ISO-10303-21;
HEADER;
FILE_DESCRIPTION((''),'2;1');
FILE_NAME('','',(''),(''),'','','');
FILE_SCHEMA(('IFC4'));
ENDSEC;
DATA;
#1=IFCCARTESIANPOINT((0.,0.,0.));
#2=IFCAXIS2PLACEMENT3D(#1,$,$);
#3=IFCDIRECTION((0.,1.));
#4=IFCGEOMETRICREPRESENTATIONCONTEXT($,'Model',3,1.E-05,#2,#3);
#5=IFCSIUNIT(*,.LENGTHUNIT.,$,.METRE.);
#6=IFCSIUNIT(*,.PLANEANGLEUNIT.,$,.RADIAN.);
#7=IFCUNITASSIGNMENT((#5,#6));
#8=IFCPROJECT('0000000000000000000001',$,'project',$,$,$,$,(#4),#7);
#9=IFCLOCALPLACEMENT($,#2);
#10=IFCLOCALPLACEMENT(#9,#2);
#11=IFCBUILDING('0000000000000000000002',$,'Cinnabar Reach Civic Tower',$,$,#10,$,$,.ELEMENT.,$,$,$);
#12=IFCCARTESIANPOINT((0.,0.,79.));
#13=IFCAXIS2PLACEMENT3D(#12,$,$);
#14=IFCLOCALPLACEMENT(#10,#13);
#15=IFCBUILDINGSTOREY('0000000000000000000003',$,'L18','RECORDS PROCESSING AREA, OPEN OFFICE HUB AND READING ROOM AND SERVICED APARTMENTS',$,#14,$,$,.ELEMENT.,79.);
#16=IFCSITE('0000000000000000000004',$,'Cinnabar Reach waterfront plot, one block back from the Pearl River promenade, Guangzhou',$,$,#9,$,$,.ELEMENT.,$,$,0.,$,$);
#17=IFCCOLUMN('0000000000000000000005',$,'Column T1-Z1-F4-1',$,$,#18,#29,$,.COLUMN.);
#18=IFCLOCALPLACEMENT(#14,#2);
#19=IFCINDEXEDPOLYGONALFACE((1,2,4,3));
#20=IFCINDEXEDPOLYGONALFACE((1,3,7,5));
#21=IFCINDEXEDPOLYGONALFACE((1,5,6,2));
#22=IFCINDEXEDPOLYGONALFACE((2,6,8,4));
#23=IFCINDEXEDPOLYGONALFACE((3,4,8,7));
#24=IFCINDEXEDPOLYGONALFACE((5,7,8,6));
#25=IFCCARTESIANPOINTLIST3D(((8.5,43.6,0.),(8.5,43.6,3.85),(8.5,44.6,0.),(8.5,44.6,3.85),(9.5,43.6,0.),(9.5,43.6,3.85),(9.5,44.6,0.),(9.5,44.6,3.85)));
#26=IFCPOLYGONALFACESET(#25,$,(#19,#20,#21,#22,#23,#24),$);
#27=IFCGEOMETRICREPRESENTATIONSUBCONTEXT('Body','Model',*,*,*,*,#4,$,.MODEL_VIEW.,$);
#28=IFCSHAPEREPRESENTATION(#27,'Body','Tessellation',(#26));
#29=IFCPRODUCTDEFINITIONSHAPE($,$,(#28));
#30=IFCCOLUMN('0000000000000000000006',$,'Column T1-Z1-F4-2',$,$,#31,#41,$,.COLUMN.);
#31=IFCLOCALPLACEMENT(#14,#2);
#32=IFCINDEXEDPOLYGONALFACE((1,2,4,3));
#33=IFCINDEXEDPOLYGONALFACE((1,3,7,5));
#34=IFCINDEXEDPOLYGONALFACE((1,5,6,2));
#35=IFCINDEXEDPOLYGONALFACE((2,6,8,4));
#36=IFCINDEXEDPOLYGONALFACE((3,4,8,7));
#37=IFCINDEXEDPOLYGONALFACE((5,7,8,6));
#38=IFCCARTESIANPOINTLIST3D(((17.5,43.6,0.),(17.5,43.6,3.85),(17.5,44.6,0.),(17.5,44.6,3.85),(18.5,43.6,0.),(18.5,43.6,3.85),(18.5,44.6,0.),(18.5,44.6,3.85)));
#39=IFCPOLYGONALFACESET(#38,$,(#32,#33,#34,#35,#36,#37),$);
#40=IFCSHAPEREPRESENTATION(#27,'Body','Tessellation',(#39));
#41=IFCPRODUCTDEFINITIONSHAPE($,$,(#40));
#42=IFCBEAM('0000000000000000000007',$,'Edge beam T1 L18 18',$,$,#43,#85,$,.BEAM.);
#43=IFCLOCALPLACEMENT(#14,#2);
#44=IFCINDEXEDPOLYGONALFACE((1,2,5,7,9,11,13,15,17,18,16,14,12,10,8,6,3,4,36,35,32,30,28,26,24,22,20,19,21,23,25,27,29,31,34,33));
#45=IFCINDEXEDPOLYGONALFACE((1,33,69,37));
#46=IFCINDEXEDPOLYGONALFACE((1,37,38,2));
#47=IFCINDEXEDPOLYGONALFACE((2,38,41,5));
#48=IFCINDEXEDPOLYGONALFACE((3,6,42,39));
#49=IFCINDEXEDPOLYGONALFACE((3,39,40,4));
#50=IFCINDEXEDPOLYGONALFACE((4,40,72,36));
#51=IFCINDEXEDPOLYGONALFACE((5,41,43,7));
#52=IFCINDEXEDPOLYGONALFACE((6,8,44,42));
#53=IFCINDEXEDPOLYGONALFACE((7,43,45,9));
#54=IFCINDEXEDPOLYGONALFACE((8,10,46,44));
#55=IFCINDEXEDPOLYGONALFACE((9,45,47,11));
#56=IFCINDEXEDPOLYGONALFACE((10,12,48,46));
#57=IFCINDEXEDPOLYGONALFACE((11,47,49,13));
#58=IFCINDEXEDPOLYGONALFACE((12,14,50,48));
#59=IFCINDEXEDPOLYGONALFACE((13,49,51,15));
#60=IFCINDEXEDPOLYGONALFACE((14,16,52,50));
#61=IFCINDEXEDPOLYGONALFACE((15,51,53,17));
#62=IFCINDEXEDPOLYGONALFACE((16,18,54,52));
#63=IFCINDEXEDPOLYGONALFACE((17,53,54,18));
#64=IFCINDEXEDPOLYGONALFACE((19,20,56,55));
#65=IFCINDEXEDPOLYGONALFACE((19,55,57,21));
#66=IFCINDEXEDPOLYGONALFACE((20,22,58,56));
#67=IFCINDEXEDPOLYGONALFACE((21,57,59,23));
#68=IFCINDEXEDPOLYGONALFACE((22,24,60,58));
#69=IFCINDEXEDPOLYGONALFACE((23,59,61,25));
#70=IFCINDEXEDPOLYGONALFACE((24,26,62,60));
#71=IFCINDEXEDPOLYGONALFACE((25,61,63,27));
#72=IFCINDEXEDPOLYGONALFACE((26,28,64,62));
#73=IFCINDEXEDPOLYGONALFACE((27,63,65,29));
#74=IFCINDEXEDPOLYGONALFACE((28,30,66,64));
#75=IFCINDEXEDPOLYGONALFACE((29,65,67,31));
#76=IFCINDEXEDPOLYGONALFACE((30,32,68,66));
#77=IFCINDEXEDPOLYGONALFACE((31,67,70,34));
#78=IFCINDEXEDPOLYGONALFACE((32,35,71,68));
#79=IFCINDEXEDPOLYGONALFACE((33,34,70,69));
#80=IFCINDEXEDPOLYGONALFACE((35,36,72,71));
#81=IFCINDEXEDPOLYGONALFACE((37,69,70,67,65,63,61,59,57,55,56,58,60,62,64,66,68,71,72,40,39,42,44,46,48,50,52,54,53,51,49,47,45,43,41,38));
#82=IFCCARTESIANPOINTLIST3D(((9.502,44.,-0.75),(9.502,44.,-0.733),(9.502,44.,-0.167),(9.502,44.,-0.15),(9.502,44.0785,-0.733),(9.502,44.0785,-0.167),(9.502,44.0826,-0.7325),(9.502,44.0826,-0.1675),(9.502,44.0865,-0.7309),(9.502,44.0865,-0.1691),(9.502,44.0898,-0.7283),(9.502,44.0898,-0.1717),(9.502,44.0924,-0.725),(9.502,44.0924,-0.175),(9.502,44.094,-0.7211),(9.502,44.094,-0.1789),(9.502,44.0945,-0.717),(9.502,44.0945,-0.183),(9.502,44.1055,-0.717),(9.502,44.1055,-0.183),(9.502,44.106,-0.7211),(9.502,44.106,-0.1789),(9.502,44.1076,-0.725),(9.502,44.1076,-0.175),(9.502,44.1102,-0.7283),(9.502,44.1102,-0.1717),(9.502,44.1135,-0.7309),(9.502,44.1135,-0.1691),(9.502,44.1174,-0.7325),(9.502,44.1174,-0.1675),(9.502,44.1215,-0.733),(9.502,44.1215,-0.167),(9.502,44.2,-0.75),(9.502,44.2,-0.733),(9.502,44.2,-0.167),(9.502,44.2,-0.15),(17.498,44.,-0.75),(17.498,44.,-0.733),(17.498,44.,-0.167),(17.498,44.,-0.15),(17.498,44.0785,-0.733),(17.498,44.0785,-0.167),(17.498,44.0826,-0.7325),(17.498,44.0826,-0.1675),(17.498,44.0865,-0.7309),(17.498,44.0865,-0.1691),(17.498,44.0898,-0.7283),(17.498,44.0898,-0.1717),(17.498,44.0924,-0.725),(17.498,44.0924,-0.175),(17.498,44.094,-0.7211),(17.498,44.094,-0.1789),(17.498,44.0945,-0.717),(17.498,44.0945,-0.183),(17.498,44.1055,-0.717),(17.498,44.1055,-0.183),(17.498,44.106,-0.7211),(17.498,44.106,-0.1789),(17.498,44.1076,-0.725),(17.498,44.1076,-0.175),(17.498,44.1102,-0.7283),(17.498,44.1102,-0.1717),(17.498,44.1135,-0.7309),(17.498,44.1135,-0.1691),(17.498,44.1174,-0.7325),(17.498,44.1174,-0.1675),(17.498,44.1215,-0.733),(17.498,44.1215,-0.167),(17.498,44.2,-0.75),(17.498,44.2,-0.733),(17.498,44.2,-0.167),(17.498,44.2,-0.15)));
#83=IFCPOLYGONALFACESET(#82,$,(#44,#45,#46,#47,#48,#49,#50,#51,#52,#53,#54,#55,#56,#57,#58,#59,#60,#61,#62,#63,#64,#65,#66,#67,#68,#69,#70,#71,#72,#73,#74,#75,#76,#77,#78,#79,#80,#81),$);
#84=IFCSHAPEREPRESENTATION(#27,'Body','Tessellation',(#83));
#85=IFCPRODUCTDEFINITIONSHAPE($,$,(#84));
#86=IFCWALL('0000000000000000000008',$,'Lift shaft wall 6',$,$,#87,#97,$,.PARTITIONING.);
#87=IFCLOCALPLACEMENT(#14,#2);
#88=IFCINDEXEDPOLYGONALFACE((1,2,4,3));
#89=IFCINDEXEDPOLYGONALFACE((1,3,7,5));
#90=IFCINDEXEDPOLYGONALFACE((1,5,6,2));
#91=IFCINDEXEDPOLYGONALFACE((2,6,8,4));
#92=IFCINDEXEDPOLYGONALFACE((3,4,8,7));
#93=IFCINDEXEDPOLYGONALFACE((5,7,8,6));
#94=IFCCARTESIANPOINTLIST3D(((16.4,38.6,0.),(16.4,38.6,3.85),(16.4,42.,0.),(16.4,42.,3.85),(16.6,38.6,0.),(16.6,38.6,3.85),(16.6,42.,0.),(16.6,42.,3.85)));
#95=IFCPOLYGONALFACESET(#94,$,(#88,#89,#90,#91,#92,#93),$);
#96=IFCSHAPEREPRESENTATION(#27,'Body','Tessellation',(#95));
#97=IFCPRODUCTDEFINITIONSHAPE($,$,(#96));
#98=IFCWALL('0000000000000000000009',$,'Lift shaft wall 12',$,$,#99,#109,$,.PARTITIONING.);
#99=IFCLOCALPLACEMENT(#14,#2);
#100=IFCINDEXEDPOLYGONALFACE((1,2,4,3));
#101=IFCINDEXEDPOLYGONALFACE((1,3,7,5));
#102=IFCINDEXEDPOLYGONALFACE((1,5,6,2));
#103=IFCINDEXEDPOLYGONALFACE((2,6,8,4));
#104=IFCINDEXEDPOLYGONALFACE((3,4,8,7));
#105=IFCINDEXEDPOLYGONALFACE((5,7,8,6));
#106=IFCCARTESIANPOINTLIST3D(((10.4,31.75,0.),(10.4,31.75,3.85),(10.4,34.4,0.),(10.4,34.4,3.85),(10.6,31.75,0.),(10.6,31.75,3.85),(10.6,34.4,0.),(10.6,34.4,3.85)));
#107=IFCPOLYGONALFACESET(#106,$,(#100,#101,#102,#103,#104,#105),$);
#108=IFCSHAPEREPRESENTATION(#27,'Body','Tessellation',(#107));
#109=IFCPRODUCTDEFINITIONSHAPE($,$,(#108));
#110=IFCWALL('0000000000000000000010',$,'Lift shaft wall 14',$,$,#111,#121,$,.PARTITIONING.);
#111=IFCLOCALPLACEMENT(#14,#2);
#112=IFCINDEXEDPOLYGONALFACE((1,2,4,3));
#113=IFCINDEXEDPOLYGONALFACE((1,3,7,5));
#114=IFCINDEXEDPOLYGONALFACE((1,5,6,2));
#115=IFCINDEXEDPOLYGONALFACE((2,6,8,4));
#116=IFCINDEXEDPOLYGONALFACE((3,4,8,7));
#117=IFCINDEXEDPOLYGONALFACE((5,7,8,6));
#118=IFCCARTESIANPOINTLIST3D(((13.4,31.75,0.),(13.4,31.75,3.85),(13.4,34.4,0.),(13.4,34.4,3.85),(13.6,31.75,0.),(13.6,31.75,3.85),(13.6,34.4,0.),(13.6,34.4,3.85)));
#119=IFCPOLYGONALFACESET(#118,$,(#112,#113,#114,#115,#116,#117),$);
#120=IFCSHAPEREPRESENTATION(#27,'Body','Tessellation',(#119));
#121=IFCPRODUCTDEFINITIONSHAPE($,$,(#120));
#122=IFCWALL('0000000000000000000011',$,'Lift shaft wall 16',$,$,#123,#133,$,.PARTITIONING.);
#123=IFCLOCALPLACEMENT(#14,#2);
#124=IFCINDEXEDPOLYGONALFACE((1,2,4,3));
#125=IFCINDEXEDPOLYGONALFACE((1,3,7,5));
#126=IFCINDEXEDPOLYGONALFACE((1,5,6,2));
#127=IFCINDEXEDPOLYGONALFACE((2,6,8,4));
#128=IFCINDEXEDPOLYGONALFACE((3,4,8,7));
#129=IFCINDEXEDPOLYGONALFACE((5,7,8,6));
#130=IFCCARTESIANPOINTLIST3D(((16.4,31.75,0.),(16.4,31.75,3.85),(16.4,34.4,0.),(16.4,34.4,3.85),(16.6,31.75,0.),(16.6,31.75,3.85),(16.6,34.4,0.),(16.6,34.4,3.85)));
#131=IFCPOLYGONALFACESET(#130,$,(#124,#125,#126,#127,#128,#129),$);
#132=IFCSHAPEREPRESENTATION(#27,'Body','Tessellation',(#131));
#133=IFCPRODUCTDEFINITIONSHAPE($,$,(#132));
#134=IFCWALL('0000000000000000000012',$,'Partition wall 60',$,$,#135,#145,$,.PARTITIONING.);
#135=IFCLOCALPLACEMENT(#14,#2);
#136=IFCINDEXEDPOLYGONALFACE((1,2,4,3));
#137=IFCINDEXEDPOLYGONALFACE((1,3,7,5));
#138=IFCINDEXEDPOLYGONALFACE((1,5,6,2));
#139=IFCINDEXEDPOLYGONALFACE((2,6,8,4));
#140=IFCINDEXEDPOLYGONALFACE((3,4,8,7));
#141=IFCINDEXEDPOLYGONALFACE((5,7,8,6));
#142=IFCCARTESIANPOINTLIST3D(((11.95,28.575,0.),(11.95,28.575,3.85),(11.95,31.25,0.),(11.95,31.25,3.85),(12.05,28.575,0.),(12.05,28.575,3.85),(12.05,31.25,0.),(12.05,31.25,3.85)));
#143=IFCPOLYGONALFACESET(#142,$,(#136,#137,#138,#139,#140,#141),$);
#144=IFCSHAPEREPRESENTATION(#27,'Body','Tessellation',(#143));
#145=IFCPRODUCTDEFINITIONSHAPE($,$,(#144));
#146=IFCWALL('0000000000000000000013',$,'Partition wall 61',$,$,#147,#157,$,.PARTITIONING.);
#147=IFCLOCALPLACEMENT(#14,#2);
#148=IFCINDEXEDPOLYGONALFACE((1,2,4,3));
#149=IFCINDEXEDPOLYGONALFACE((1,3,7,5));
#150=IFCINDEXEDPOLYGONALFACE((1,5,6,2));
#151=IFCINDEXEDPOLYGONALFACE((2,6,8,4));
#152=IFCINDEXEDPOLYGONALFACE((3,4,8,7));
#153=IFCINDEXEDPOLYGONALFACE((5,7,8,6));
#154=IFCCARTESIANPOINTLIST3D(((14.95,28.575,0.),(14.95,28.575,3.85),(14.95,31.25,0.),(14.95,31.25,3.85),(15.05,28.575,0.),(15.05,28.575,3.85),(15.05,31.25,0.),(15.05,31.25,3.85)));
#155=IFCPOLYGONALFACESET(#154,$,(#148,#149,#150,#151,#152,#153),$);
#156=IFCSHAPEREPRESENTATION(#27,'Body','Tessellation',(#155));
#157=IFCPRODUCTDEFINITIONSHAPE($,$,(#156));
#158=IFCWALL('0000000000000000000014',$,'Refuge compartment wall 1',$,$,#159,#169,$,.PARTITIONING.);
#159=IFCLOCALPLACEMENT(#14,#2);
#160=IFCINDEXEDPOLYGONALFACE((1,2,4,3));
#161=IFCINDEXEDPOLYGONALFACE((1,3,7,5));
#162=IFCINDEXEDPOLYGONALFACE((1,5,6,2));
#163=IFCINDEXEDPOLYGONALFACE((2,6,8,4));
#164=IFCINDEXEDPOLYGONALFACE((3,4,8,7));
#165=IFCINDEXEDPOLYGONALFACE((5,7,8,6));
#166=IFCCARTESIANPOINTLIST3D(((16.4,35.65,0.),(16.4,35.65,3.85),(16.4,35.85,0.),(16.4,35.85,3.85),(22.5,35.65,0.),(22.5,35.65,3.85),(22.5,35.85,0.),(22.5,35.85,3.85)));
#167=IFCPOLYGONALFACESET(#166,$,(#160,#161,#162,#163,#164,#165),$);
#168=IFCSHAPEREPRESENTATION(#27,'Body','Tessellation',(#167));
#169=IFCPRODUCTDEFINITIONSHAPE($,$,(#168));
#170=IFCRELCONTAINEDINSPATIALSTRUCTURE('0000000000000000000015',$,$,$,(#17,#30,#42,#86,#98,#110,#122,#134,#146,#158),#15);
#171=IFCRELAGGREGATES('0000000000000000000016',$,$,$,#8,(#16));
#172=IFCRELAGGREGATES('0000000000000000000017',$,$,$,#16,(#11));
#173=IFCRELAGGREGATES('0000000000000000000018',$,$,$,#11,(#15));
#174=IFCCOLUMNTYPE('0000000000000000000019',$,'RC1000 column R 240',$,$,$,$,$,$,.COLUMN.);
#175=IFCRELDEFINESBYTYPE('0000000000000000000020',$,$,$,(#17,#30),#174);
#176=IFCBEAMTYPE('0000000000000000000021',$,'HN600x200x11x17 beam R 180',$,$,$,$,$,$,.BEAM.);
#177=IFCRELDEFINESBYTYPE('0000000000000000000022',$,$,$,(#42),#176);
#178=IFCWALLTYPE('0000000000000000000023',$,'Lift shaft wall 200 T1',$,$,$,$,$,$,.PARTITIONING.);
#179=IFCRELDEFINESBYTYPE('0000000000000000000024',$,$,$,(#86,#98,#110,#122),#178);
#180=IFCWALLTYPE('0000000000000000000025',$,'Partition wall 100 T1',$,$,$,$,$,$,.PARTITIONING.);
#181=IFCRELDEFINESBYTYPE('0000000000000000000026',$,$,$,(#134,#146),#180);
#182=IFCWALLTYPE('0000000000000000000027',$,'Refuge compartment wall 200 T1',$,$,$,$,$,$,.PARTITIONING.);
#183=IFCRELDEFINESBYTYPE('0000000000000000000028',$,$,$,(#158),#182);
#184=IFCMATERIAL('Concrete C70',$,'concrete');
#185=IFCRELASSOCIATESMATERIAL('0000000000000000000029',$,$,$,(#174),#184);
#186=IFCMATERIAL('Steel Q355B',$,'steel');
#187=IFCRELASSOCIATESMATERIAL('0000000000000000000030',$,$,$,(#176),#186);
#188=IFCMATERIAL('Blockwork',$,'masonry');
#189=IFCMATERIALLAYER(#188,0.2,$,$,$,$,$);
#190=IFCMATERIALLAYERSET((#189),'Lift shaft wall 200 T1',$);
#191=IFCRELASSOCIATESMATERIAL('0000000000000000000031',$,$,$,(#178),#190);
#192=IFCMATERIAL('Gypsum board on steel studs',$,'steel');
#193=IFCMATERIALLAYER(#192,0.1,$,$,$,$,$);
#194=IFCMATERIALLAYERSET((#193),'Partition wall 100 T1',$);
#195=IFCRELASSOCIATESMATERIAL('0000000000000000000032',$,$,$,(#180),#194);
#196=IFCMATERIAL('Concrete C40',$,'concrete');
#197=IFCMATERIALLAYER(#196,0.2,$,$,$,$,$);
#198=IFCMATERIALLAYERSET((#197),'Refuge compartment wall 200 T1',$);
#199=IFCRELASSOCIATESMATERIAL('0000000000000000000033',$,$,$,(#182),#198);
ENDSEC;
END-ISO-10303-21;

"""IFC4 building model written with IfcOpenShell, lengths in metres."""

from ifc_helpers import new_model, si_unit, direction, frame, frame_2d, origin, origin_2d, place, context, subcontext, project, spatial, rectangle, i_section, extrude, material, layer, layer_set, material_profile, profile_set, type_object, element, save


model = new_model("IFC4")

# Units and contexts
model_context = context("Model", 3, precision=1e-05, world=origin(), true_north=direction((0.0, 1.0)))
body_context = subcontext(model_context, "Body", "Model", "MODEL_VIEW")
ifc_project = project(units=[si_unit("LENGTHUNIT", "METRE"), si_unit("PLANEANGLEUNIT", "RADIAN")], contexts=[model_context])

# Site, building, storey
site_placement = place(None, origin())
site = spatial("IfcSite", under=ifc_project, at=site_placement, Name="Cinnabar Reach waterfront plot, one block back from the Pearl River promenade, Guangzhou", CompositionType="ELEMENT", RefElevation=0.0)
building_placement = place(site_placement, origin())
building = spatial("IfcBuilding", under=site, at=building_placement, Name="Cinnabar Reach Civic Tower", CompositionType="ELEMENT")
storey_placement = place(building_placement, frame((0.0, 0.0, 79.0)))
storey = spatial("IfcBuildingStorey", under=building, at=storey_placement, Name="L18", Description="RECORDS PROCESSING AREA, OPEN OFFICE HUB AND READING ROOM AND SERVICED APARTMENTS", CompositionType="ELEMENT", Elevation=79.0)

# Columns
ifc_material_1 = material(Name="Concrete C70", Category="concrete")
ifc_material_profile_1 = material_profile(ifc_material_1, rectangle(XDim=1.0, YDim=1.0, at=origin_2d()), Name="RC1000")
ifc_profile_set_1 = profile_set([ifc_material_profile_1], Name="Concrete C70")
column_type = type_object("IfcColumnType", Name="RC1000 column R 240", PredefinedType="COLUMN", material=ifc_profile_set_1)
for number, where, z_axis, x_axis, name in (
    (1, (9.0, 44.1, 0.0), (0.0, 0.0, 1.0), (1.0, 0.0, 0.0), "Column T1-Z1-F4-1"),
    (2, (18.0, 44.1, 0.0), (0.0, 0.0, 1.0), (1.0, 0.0, 0.0), "Column T1-Z1-F4-2"),
):
    element("IfcColumn", number, at=place(storey_placement, frame(where, z_axis=z_axis, x_axis=x_axis)), inside=storey, type_object=column_type, Name=name, PredefinedType="COLUMN", context=body_context, shape_type="SweptSolid", body=[
        extrude(rectangle(XDim=1.0, YDim=1.0, at=origin_2d()), origin(), (0.0, 0.0, 1.0), 3.85),
    ])

# Beam
ifc_material_2 = material(Name="Steel Q355B", Category="steel")
ifc_material_profile_2 = material_profile(ifc_material_2, i_section(OverallWidth=0.2, OverallDepth=0.6, WebThickness=0.011, FlangeThickness=0.017, FilletRadius=0.016, at=origin_2d()), Name="HN600x200x11x17")
ifc_profile_set_2 = profile_set([ifc_material_profile_2], Name="Steel Q355B")
beam_type = type_object("IfcBeamType", Name="HN600x200x11x17 beam R 180", PredefinedType="BEAM", material=ifc_profile_set_2)
beam_placement = place(storey_placement, frame((17.498, 44.1, -0.45), z_axis=(-1.0, 0.0, 0.0), x_axis=(0.0, -1.0, 0.0)))
element("IfcBeam", 3, at=beam_placement, inside=storey, type_object=beam_type, Name="Edge beam T1 L18 18", PredefinedType="BEAM", context=body_context, shape_type="SweptSolid", body=[
    extrude(i_section(OverallWidth=0.2, OverallDepth=0.6, WebThickness=0.011, FlangeThickness=0.017, FilletRadius=0.016, at=origin_2d()), origin(), (0.0, 0.0, 1.0), 7.996),
])

# Walls
ifc_material_3 = material(Name="Blockwork", Category="masonry")
ifc_layer_1 = layer(ifc_material_3, 0.2)
ifc_layer_set_1 = layer_set([ifc_layer_1], Name="Lift shaft wall 200 T1")
wall_type_1 = type_object("IfcWallType", Name="Lift shaft wall 200 T1", PredefinedType="PARTITIONING", material=ifc_layer_set_1)
wall_1_placement = place(storey_placement, frame((16.5, 38.6, 0.0), z_axis=(0.0, 0.0, 1.0), x_axis=(0.0, 1.0, 0.0)))
element("IfcWall", 4, at=wall_1_placement, inside=storey, type_object=wall_type_1, Name="Lift shaft wall 6", PredefinedType="PARTITIONING", context=body_context, shape_type="SweptSolid", body=[
    extrude(rectangle(XDim=3.4, YDim=0.2, at=frame_2d((1.7, 0.0))), origin(), (0.0, 0.0, 1.0), 3.85),
])
for number, where, z_axis, x_axis, name in (
    (5, (10.5, 31.75, 0.0), (0.0, 0.0, 1.0), (0.0, 1.0, 0.0), "Lift shaft wall 12"),
    (6, (13.5, 31.75, 0.0), (0.0, 0.0, 1.0), (0.0, 1.0, 0.0), "Lift shaft wall 14"),
    (7, (16.5, 31.75, 0.0), (0.0, 0.0, 1.0), (0.0, 1.0, 0.0), "Lift shaft wall 16"),
):
    element("IfcWall", number, at=place(storey_placement, frame(where, z_axis=z_axis, x_axis=x_axis)), inside=storey, type_object=wall_type_1, Name=name, PredefinedType="PARTITIONING", context=body_context, shape_type="SweptSolid", body=[
        extrude(rectangle(XDim=2.65, YDim=0.2, at=frame_2d((1.325, 0.0))), origin(), (0.0, 0.0, 1.0), 3.85),
    ])
ifc_material_4 = material(Name="Gypsum board on steel studs", Category="steel")
ifc_layer_2 = layer(ifc_material_4, 0.1)
ifc_layer_set_2 = layer_set([ifc_layer_2], Name="Partition wall 100 T1")
wall_type_2 = type_object("IfcWallType", Name="Partition wall 100 T1", PredefinedType="PARTITIONING", material=ifc_layer_set_2)
for number, where, z_axis, x_axis, name in (
    (8, (12.0, 28.575, 0.0), (0.0, 0.0, 1.0), (0.0, 1.0, 0.0), "Partition wall 60"),
    (9, (15.0, 28.575, 0.0), (0.0, 0.0, 1.0), (0.0, 1.0, 0.0), "Partition wall 61"),
):
    element("IfcWall", number, at=place(storey_placement, frame(where, z_axis=z_axis, x_axis=x_axis)), inside=storey, type_object=wall_type_2, Name=name, PredefinedType="PARTITIONING", context=body_context, shape_type="SweptSolid", body=[
        extrude(rectangle(XDim=2.675, YDim=0.1, at=frame_2d((1.3375, 0.0))), origin(), (0.0, 0.0, 1.0), 3.85),
    ])
ifc_material_5 = material(Name="Concrete C40", Category="concrete")
ifc_layer_3 = layer(ifc_material_5, 0.2)
ifc_layer_set_3 = layer_set([ifc_layer_3], Name="Refuge compartment wall 200 T1")
wall_type_3 = type_object("IfcWallType", Name="Refuge compartment wall 200 T1", PredefinedType="PARTITIONING", material=ifc_layer_set_3)
wall_2_placement = place(storey_placement, frame((16.4, 35.75, 0.0), z_axis=(0.0, 0.0, 1.0), x_axis=(1.0, 0.0, 0.0)))
element("IfcWall", 10, at=wall_2_placement, inside=storey, type_object=wall_type_3, Name="Refuge compartment wall 1", PredefinedType="PARTITIONING", context=body_context, shape_type="SweptSolid", body=[
    extrude(rectangle(XDim=6.1, YDim=0.2, at=frame_2d((3.05, 0.0))), origin(), (0.0, 0.0, 1.0), 3.85),
])

save(model, "model.ifc")
